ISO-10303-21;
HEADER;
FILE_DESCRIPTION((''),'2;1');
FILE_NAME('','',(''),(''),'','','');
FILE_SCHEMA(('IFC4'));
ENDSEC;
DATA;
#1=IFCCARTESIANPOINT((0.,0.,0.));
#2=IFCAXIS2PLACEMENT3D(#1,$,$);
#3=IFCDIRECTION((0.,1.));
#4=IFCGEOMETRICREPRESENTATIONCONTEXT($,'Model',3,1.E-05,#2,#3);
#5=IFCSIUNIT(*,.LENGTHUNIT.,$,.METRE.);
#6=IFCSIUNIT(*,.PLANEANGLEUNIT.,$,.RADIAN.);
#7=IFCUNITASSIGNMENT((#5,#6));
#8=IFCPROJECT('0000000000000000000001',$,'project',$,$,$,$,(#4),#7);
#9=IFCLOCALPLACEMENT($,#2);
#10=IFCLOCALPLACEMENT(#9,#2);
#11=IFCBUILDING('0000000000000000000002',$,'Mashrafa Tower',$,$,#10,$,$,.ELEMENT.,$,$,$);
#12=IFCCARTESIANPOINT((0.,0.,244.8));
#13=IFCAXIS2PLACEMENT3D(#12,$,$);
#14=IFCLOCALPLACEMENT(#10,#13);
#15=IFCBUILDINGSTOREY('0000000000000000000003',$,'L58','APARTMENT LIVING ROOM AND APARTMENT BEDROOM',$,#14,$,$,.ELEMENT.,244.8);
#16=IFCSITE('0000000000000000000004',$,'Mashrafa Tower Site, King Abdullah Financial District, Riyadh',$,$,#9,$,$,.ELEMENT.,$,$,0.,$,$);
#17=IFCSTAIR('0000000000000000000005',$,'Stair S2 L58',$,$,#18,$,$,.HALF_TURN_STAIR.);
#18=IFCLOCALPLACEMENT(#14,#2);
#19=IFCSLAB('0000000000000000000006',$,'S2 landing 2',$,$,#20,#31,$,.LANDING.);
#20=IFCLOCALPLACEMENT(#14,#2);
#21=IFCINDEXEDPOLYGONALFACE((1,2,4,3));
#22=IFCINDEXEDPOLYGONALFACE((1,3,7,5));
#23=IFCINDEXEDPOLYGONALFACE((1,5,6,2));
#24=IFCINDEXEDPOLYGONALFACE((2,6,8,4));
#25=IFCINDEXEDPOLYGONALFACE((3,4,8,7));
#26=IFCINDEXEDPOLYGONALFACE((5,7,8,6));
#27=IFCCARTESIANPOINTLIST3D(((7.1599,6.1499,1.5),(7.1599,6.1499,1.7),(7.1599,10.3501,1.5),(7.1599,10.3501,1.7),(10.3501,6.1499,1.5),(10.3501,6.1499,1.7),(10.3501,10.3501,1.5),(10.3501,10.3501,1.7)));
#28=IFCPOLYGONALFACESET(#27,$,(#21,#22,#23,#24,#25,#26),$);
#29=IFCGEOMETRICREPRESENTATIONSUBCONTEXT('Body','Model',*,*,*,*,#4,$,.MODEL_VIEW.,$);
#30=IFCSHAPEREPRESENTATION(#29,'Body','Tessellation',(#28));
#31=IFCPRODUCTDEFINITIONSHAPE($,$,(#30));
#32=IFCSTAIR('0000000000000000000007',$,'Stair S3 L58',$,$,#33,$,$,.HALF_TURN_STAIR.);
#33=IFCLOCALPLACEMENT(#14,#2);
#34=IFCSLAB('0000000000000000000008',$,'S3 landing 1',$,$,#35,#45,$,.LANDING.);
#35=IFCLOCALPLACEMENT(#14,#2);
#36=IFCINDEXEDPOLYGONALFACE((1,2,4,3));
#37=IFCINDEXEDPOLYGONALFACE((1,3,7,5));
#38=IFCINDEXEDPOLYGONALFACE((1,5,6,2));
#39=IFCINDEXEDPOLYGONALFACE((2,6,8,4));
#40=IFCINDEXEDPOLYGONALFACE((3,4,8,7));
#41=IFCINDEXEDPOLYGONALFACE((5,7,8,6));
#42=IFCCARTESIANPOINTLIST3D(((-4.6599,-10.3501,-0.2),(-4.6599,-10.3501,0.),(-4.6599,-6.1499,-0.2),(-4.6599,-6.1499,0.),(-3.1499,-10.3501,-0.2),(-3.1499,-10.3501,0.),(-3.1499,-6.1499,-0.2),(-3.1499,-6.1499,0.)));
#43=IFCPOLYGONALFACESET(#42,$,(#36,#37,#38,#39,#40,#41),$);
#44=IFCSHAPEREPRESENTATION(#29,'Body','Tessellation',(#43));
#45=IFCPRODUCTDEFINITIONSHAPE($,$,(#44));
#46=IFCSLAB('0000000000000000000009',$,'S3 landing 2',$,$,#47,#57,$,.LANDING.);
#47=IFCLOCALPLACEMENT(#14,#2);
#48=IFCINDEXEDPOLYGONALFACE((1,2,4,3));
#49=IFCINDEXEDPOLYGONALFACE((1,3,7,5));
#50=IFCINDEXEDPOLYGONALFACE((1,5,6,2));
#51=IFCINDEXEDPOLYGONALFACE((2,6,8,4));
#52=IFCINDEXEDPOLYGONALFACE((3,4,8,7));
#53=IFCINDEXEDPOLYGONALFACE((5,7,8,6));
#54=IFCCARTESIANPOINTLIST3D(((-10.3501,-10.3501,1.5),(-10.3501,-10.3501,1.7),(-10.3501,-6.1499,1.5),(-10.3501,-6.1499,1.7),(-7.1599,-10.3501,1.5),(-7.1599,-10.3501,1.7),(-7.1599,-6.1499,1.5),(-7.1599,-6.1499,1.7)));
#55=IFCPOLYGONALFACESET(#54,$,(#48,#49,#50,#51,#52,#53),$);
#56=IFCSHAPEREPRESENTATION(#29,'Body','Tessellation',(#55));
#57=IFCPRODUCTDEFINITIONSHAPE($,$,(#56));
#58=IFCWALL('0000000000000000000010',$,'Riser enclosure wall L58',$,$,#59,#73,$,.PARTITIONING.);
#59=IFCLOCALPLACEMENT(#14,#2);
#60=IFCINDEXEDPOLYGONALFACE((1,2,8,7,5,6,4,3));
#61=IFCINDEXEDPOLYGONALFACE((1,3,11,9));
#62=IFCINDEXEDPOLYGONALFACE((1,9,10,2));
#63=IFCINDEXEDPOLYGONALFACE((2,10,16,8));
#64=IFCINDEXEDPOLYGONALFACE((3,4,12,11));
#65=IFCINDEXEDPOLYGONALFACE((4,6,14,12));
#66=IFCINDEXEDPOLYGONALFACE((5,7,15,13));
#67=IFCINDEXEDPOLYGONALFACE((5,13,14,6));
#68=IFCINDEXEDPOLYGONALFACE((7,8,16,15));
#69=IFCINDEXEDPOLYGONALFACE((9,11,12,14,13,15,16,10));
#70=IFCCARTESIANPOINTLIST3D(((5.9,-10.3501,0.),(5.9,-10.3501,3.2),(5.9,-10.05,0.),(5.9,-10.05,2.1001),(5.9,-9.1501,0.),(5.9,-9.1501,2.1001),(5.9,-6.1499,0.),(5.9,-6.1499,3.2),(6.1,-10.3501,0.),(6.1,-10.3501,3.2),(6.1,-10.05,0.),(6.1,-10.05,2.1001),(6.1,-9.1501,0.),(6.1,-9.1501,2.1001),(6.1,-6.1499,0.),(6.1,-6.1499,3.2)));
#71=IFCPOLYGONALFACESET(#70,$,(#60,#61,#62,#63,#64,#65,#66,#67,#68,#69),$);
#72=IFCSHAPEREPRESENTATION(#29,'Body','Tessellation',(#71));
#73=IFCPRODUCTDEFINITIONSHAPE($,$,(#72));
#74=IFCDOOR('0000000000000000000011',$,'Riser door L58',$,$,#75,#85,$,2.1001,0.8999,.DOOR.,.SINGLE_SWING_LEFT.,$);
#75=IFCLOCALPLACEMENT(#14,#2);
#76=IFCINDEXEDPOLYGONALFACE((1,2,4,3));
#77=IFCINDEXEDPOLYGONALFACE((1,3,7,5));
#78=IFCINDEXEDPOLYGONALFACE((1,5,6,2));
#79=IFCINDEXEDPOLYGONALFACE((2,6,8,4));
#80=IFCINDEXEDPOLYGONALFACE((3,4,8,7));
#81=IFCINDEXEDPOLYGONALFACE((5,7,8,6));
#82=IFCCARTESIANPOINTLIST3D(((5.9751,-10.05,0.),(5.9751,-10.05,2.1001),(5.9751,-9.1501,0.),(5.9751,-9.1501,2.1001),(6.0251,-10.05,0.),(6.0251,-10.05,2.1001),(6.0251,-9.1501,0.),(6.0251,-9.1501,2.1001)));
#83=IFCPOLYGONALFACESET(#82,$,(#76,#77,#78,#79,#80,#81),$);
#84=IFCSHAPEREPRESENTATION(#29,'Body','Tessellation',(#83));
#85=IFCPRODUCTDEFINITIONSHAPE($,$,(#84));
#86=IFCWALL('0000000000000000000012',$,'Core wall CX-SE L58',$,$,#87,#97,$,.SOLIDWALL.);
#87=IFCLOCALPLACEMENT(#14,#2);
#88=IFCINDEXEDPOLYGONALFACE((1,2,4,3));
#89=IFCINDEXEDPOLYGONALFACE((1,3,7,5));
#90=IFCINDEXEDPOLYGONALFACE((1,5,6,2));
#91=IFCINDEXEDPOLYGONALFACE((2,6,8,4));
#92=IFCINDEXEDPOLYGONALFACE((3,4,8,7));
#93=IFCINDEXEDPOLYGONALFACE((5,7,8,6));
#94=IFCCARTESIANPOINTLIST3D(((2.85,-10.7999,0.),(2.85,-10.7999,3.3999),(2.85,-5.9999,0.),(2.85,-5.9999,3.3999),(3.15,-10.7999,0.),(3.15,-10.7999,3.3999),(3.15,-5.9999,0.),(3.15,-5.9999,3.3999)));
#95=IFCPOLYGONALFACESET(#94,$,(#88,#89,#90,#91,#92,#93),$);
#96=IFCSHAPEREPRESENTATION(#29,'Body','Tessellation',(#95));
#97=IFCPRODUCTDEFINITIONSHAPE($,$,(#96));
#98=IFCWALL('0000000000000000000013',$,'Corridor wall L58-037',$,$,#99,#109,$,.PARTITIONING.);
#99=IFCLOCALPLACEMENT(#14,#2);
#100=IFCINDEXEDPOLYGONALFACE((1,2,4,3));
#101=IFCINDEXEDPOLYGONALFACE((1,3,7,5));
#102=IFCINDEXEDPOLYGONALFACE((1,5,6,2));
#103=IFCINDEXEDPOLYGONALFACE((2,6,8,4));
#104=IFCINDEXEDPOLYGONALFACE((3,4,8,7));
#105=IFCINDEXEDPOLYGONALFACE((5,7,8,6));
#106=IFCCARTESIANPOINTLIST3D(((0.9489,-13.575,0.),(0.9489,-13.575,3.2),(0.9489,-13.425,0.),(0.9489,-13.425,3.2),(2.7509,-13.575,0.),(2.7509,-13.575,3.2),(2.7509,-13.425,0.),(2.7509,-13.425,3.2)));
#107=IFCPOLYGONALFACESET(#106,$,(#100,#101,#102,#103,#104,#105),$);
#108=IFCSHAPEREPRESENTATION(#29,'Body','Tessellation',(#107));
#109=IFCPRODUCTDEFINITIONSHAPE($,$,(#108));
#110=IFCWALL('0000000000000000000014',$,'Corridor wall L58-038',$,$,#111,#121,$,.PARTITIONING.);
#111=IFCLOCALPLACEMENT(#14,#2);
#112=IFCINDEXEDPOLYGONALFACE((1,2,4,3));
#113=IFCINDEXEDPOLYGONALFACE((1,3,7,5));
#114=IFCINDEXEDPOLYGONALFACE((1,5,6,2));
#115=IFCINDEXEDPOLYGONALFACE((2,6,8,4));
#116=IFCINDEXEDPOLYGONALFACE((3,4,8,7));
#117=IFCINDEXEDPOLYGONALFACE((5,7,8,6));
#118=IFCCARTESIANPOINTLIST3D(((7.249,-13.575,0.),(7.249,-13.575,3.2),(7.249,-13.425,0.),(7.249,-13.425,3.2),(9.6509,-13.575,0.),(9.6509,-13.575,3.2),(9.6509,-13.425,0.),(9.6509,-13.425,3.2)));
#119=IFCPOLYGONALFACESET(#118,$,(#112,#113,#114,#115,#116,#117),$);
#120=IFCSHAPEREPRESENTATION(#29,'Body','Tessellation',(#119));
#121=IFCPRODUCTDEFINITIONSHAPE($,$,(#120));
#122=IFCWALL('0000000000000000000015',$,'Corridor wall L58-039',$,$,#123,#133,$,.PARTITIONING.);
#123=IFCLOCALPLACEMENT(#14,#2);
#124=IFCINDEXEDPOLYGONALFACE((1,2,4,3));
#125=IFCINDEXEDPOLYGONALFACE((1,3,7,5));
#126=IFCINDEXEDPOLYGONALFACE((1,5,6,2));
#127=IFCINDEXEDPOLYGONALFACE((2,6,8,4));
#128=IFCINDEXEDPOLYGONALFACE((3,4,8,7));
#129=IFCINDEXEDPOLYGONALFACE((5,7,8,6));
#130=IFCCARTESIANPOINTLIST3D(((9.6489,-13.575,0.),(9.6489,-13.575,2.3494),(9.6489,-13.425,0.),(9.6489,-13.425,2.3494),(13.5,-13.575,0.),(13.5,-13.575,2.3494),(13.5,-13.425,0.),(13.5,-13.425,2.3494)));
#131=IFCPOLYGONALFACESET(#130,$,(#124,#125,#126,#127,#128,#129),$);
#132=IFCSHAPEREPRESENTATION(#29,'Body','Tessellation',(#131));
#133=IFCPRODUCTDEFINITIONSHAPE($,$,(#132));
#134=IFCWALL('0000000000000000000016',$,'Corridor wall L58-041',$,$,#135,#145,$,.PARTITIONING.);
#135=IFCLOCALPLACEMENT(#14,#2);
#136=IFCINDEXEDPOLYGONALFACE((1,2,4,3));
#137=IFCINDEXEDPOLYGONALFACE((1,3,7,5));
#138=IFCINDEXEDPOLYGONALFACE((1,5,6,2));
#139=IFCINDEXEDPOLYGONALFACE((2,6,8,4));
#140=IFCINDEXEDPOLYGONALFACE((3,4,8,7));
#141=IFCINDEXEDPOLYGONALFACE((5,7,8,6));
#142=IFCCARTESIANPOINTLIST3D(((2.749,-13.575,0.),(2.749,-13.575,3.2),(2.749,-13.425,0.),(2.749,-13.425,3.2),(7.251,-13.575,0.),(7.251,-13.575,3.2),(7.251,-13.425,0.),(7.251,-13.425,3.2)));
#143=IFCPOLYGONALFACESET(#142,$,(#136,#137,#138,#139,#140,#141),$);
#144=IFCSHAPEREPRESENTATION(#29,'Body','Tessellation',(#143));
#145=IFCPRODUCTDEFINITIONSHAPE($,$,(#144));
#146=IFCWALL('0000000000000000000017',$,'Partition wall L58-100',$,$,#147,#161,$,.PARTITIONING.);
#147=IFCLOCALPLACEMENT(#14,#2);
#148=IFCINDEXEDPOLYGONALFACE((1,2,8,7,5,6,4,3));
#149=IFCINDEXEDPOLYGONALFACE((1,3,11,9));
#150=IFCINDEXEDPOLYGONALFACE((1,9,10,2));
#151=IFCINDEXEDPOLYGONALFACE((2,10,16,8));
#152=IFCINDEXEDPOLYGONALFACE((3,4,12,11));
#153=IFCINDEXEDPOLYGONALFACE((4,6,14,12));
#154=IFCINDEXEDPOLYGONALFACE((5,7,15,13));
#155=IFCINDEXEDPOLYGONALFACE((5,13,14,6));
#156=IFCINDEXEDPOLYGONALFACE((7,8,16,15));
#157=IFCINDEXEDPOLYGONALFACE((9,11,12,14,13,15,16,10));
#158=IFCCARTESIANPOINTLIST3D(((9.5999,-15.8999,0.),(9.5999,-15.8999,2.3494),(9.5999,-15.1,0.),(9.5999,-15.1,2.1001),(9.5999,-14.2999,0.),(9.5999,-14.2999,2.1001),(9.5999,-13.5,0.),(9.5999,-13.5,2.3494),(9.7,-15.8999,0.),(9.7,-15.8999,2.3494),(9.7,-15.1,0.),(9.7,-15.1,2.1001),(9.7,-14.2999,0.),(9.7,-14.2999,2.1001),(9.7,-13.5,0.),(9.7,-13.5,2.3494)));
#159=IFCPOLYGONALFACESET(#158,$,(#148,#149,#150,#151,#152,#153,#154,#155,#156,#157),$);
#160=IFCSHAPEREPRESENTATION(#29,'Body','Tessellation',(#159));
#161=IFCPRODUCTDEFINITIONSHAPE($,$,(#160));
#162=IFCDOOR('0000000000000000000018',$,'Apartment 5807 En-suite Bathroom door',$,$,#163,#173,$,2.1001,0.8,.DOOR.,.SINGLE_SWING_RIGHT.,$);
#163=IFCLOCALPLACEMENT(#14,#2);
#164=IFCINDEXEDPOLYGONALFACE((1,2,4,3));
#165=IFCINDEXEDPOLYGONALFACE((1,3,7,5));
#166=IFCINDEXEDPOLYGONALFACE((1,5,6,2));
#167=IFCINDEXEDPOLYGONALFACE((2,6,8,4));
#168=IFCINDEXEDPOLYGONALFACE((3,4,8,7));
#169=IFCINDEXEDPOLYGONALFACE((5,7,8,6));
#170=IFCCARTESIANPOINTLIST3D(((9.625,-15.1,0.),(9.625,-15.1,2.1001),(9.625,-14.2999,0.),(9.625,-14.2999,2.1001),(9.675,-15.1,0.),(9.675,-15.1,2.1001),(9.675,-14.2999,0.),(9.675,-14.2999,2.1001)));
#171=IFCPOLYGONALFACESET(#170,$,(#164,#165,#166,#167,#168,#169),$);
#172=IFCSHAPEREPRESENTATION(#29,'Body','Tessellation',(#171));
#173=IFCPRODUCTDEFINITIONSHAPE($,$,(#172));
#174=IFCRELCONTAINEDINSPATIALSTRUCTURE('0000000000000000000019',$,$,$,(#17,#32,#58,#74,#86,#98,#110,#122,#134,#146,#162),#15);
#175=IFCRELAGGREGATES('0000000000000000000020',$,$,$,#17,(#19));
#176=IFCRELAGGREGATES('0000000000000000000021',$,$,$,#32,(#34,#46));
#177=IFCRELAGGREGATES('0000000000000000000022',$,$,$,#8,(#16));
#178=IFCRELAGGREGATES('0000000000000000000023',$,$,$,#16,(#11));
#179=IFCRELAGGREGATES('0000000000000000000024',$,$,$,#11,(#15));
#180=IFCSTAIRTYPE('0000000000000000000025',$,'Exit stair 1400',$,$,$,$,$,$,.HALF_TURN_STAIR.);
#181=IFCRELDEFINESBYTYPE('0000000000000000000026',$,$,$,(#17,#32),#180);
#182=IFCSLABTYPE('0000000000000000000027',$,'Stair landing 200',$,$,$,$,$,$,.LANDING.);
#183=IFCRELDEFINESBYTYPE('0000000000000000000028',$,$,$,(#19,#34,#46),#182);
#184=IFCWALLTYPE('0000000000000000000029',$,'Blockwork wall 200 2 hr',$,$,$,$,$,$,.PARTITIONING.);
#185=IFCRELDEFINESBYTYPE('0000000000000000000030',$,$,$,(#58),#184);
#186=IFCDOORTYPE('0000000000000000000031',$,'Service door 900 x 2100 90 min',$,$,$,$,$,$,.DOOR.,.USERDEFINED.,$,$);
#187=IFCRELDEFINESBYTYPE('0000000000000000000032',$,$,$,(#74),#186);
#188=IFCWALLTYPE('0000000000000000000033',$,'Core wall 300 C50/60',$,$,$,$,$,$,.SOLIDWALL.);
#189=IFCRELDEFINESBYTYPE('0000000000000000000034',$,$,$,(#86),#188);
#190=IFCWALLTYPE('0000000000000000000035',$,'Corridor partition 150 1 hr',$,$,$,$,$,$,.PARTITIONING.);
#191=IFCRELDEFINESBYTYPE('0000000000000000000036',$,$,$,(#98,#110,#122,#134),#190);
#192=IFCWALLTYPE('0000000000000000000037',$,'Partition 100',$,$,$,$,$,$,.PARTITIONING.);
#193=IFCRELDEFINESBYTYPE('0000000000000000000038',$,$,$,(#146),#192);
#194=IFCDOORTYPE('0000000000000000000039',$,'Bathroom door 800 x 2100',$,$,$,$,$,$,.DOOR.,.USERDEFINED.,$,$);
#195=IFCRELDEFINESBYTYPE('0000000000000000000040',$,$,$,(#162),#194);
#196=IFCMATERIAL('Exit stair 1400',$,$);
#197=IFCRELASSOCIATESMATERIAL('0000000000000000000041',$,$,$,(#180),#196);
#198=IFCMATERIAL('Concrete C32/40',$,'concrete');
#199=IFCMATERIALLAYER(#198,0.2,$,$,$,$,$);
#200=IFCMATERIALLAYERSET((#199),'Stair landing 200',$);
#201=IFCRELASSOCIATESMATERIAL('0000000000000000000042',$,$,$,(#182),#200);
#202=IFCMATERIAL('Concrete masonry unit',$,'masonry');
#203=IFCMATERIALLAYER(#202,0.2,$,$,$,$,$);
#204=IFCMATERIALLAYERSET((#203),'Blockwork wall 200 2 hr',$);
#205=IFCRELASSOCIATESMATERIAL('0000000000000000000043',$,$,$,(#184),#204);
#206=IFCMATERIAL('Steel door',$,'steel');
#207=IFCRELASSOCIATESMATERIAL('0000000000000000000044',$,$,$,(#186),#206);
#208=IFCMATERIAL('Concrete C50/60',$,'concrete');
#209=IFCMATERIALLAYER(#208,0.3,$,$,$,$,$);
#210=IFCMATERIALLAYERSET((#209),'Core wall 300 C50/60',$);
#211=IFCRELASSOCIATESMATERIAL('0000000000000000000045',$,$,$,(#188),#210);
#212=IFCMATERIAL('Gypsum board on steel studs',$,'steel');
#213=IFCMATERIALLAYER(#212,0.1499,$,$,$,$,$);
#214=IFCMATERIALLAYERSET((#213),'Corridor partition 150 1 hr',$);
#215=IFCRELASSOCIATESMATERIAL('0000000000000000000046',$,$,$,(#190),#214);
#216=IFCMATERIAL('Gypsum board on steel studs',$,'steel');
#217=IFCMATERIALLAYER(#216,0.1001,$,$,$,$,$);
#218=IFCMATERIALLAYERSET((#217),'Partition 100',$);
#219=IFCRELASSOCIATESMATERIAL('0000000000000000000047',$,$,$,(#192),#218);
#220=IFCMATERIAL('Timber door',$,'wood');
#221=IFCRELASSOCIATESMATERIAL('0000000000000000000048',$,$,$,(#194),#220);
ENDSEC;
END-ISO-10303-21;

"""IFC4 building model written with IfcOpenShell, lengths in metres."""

from ifc_helpers import new_model, si_unit, direction, frame, frame_2d, origin, place, context, subcontext, project, spatial, polyline, rectangle, outline, extrude, material, layer, layer_set, type_object, element, fill, aggregate, save


model = new_model("IFC4")

# Units and contexts
model_context = context("Model", 3, precision=1e-05, world=origin(), true_north=direction((0.0, 1.0)))
body_context = subcontext(model_context, "Body", "Model", "MODEL_VIEW")
ifc_project = project(units=[si_unit("LENGTHUNIT", "METRE"), si_unit("PLANEANGLEUNIT", "RADIAN")], contexts=[model_context])

# Site, building, storey
site_placement = place(None, origin())
site = spatial("IfcSite", under=ifc_project, at=site_placement, Name="Mashrafa Tower Site, King Abdullah Financial District, Riyadh", CompositionType="ELEMENT", RefElevation=0.0)
building_placement = place(site_placement, origin())
building = spatial("IfcBuilding", under=site, at=building_placement, Name="Mashrafa Tower", CompositionType="ELEMENT")
storey_placement = place(building_placement, frame((0.0, 0.0, 244.8)))
storey = spatial("IfcBuildingStorey", under=building, at=storey_placement, Name="L58", Description="APARTMENT LIVING ROOM AND APARTMENT BEDROOM", CompositionType="ELEMENT", Elevation=244.8)

# Stairs, slabs
ifc_material_1 = material(Name="Exit stair 1400")
stair_type = type_object("IfcStairType", Name="Exit stair 1400", PredefinedType="HALF_TURN_STAIR", material=ifc_material_1)
ifc_material_2 = material(Name="Concrete C32/40", Category="concrete")
ifc_layer_1 = layer(ifc_material_2, 0.2)
ifc_layer_set_1 = layer_set([ifc_layer_1], Name="Stair landing 200")
slab_type = type_object("IfcSlabType", Name="Stair landing 200", PredefinedType="LANDING", material=ifc_layer_set_1)
stair_1_placement = place(storey_placement, origin())
stair_1 = element("IfcStair", 1, at=stair_1_placement, inside=storey, type_object=stair_type, Name="Stair S2 L58", PredefinedType="HALF_TURN_STAIR")
slab_1_placement = place(storey_placement, frame((0.0, 0.0, 1.5)))
slab_1 = element("IfcSlab", 2, at=slab_1_placement, type_object=slab_type, Name="S2 landing 2", PredefinedType="LANDING", context=body_context, shape_type="SweptSolid", body=[
    extrude(outline(polyline([(7.1599, 6.1499), (10.3501, 6.1499), (10.3501, 10.3501), (7.1599, 10.3501), (7.1599, 6.1499)])), origin(), (0.0, 0.0, 1.0), 0.2),
])
aggregate(stair_1, [slab_1])
stair_2_placement = place(storey_placement, origin())
stair_2 = element("IfcStair", 3, at=stair_2_placement, inside=storey, type_object=stair_type, Name="Stair S3 L58", PredefinedType="HALF_TURN_STAIR")
slab_2_placement = place(storey_placement, frame((0.0, 0.0, -0.2)))
slab_2 = element("IfcSlab", 4, at=slab_2_placement, type_object=slab_type, Name="S3 landing 1", PredefinedType="LANDING", context=body_context, shape_type="SweptSolid", body=[
    extrude(outline(polyline([(-4.6599, -10.3501), (-3.1499, -10.3501), (-3.1499, -6.1499), (-4.6599, -6.1499), (-4.6599, -10.3501)])), origin(), (0.0, 0.0, 1.0), 0.2),
])
slab_3_placement = place(storey_placement, frame((0.0, 0.0, 1.5)))
slab_3 = element("IfcSlab", 5, at=slab_3_placement, type_object=slab_type, Name="S3 landing 2", PredefinedType="LANDING", context=body_context, shape_type="SweptSolid", body=[
    extrude(outline(polyline([(-10.3501, -10.3501), (-7.1599, -10.3501), (-7.1599, -6.1499), (-10.3501, -6.1499), (-10.3501, -10.3501)])), origin(), (0.0, 0.0, 1.0), 0.2),
])
aggregate(stair_2, [slab_2, slab_3])

# Wall, opening, door
ifc_material_3 = material(Name="Concrete masonry unit", Category="masonry")
ifc_layer_2 = layer(ifc_material_3, 0.2)
ifc_layer_set_2 = layer_set([ifc_layer_2], Name="Blockwork wall 200 2 hr")
wall_type_1 = type_object("IfcWallType", Name="Blockwork wall 200 2 hr", PredefinedType="PARTITIONING", material=ifc_layer_set_2)
wall_1_placement = place(storey_placement, frame((6.0, -10.3501, 0.0), z_axis=(0.0, 0.0, 1.0), x_axis=(0.0, 1.0, 0.0)))
wall_1 = element("IfcWall", 6, at=wall_1_placement, inside=storey, type_object=wall_type_1, Name="Riser enclosure wall L58", PredefinedType="PARTITIONING", context=body_context, shape_type="SweptSolid", body=[
    extrude(rectangle(XDim=4.2002, YDim=0.2, at=frame_2d((2.1001, 0.0))), origin(), (0.0, 0.0, 1.0), 3.2),
])
opening_1_placement = place(wall_1_placement, frame((0.3, 0.0, 0.0)))
opening_1 = element("IfcOpeningElement", 7, at=opening_1_placement, cuts=wall_1, PredefinedType="OPENING", context=body_context, shape_type="SweptSolid", body=[
    extrude(rectangle(XDim=0.8999, YDim=2.1001, at=frame_2d((0.45, 1.05))), frame((0.0, 0.1099, 0.0), z_axis=(0.0, -1.0, 0.0), x_axis=(1.0, 0.0, 0.0)), (0.0, 0.0, 1.0), 0.22),
])
ifc_material_4 = material(Name="Steel door", Category="steel")
door_type_1 = type_object("IfcDoorType", Name="Service door 900 x 2100 90 min", OperationType="USERDEFINED", PredefinedType="DOOR", material=ifc_material_4)
door_1_placement = place(opening_1_placement, origin())
door_1 = element("IfcDoor", 8, at=door_1_placement, inside=storey, type_object=door_type_1, Name="Riser door L58", OperationType="SINGLE_SWING_LEFT", OverallHeight=2.1001, OverallWidth=0.8999, PredefinedType="DOOR", context=body_context, shape_type="SweptSolid", body=[
    extrude(rectangle(XDim=0.8999, YDim=2.1001, at=frame_2d((0.45, 1.05))), frame((0.0, 0.0249, 0.0), z_axis=(0.0, -1.0, 0.0), x_axis=(1.0, 0.0, 0.0)), (0.0, 0.0, 1.0), 0.05),
])
fill(opening_1, door_1)

# Walls
ifc_material_5 = material(Name="Concrete C50/60", Category="concrete")
ifc_layer_3 = layer(ifc_material_5, 0.3)
ifc_layer_set_3 = layer_set([ifc_layer_3], Name="Core wall 300 C50/60")
wall_type_2 = type_object("IfcWallType", Name="Core wall 300 C50/60", PredefinedType="SOLIDWALL", material=ifc_layer_set_3)
wall_2_placement = place(storey_placement, frame((3.0, -6.0, 0.0), z_axis=(0.0, 0.0, 1.0), x_axis=(0.0, -1.0, 0.0)))
element("IfcWall", 9, at=wall_2_placement, inside=storey, type_object=wall_type_2, Name="Core wall CX-SE L58", PredefinedType="SOLIDWALL", context=body_context, shape_type="SweptSolid", body=[
    extrude(rectangle(XDim=4.8, YDim=0.3, at=frame_2d((2.3999, 0.0))), origin(), (0.0, 0.0, 1.0), 3.3999),
])
ifc_material_6 = material(Name="Gypsum board on steel studs", Category="steel")
ifc_layer_4 = layer(ifc_material_6, 0.1499)
ifc_layer_set_4 = layer_set([ifc_layer_4], Name="Corridor partition 150 1 hr")
wall_type_3 = type_object("IfcWallType", Name="Corridor partition 150 1 hr", PredefinedType="PARTITIONING", material=ifc_layer_set_4)
wall_3_placement = place(storey_placement, frame((0.949, -13.5, 0.0), z_axis=(0.0, 0.0, 1.0), x_axis=(1.0, 0.0, 0.0)))
element("IfcWall", 10, at=wall_3_placement, inside=storey, type_object=wall_type_3, Name="Corridor wall L58-037", PredefinedType="PARTITIONING", context=body_context, shape_type="SweptSolid", body=[
    extrude(rectangle(XDim=1.802, YDim=0.1499, at=frame_2d((0.9009, 0.0))), origin(), (0.0, 0.0, 1.0), 3.2),
])
wall_4_placement = place(storey_placement, frame((7.249, -13.5, 0.0), z_axis=(0.0, 0.0, 1.0), x_axis=(1.0, 0.0, 0.0)))
element("IfcWall", 11, at=wall_4_placement, inside=storey, type_object=wall_type_3, Name="Corridor wall L58-038", PredefinedType="PARTITIONING", context=body_context, shape_type="SweptSolid", body=[
    extrude(rectangle(XDim=2.4019, YDim=0.1499, at=frame_2d((1.2009, 0.0))), origin(), (0.0, 0.0, 1.0), 3.2),
])
wall_5_placement = place(storey_placement, frame((9.6489, -13.5, 0.0), z_axis=(0.0, 0.0, 1.0), x_axis=(1.0, 0.0, 0.0)))
element("IfcWall", 12, at=wall_5_placement, inside=storey, type_object=wall_type_3, Name="Corridor wall L58-039", PredefinedType="PARTITIONING", context=body_context, shape_type="SweptSolid", body=[
    extrude(rectangle(XDim=3.8511, YDim=0.1499, at=frame_2d((1.9255, 0.0))), origin(), (0.0, 0.0, 1.0), 2.3494),
])
wall_6_placement = place(storey_placement, frame((2.749, -13.5, 0.0), z_axis=(0.0, 0.0, 1.0), x_axis=(1.0, 0.0, 0.0)))
element("IfcWall", 13, at=wall_6_placement, inside=storey, type_object=wall_type_3, Name="Corridor wall L58-041", PredefinedType="PARTITIONING", context=body_context, shape_type="SweptSolid", body=[
    extrude(rectangle(XDim=4.502, YDim=0.1499, at=frame_2d((2.251, 0.0))), origin(), (0.0, 0.0, 1.0), 3.2),
])

# Wall, opening, door
ifc_material_7 = material(Name="Gypsum board on steel studs", Category="steel")
ifc_layer_5 = layer(ifc_material_7, 0.1001)
ifc_layer_set_5 = layer_set([ifc_layer_5], Name="Partition 100")
wall_type_4 = type_object("IfcWallType", Name="Partition 100", PredefinedType="PARTITIONING", material=ifc_layer_set_5)
wall_7_placement = place(storey_placement, frame((9.6499, -15.8999, 0.0), z_axis=(0.0, 0.0, 1.0), x_axis=(0.0, 1.0, 0.0)))
wall_7 = element("IfcWall", 14, at=wall_7_placement, inside=storey, type_object=wall_type_4, Name="Partition wall L58-100", PredefinedType="PARTITIONING", context=body_context, shape_type="SweptSolid", body=[
    extrude(rectangle(XDim=2.3999, YDim=0.1001, at=frame_2d((1.2, 0.0))), origin(), (0.0, 0.0, 1.0), 2.3494),
])
opening_2_placement = place(wall_7_placement, frame((0.8, 0.0, 0.0)))
opening_2 = element("IfcOpeningElement", 15, at=opening_2_placement, cuts=wall_7, PredefinedType="OPENING", context=body_context, shape_type="SweptSolid", body=[
    extrude(rectangle(XDim=0.8, YDim=2.1001, at=frame_2d((0.3999, 1.05))), frame((0.0, 0.0601, 0.0), z_axis=(0.0, -1.0, 0.0), x_axis=(1.0, 0.0, 0.0)), (0.0, 0.0, 1.0), 0.1201),
])
ifc_material_8 = material(Name="Timber door", Category="wood")
door_type_2 = type_object("IfcDoorType", Name="Bathroom door 800 x 2100", OperationType="USERDEFINED", PredefinedType="DOOR", material=ifc_material_8)
door_2_placement = place(opening_2_placement, origin())
door_2 = element("IfcDoor", 16, at=door_2_placement, inside=storey, type_object=door_type_2, Name="Apartment 5807 En-suite Bathroom door", OperationType="SINGLE_SWING_RIGHT", OverallHeight=2.1001, OverallWidth=0.8, PredefinedType="DOOR", context=body_context, shape_type="SweptSolid", body=[
    extrude(rectangle(XDim=0.8, YDim=2.1001, at=frame_2d((0.3999, 1.05))), frame((0.0, 0.0249, 0.0), z_axis=(0.0, -1.0, 0.0), x_axis=(1.0, 0.0, 0.0)), (0.0, 0.0, 1.0), 0.05),
])
fill(opening_2, door_2)

save(model, "model.ifc")
